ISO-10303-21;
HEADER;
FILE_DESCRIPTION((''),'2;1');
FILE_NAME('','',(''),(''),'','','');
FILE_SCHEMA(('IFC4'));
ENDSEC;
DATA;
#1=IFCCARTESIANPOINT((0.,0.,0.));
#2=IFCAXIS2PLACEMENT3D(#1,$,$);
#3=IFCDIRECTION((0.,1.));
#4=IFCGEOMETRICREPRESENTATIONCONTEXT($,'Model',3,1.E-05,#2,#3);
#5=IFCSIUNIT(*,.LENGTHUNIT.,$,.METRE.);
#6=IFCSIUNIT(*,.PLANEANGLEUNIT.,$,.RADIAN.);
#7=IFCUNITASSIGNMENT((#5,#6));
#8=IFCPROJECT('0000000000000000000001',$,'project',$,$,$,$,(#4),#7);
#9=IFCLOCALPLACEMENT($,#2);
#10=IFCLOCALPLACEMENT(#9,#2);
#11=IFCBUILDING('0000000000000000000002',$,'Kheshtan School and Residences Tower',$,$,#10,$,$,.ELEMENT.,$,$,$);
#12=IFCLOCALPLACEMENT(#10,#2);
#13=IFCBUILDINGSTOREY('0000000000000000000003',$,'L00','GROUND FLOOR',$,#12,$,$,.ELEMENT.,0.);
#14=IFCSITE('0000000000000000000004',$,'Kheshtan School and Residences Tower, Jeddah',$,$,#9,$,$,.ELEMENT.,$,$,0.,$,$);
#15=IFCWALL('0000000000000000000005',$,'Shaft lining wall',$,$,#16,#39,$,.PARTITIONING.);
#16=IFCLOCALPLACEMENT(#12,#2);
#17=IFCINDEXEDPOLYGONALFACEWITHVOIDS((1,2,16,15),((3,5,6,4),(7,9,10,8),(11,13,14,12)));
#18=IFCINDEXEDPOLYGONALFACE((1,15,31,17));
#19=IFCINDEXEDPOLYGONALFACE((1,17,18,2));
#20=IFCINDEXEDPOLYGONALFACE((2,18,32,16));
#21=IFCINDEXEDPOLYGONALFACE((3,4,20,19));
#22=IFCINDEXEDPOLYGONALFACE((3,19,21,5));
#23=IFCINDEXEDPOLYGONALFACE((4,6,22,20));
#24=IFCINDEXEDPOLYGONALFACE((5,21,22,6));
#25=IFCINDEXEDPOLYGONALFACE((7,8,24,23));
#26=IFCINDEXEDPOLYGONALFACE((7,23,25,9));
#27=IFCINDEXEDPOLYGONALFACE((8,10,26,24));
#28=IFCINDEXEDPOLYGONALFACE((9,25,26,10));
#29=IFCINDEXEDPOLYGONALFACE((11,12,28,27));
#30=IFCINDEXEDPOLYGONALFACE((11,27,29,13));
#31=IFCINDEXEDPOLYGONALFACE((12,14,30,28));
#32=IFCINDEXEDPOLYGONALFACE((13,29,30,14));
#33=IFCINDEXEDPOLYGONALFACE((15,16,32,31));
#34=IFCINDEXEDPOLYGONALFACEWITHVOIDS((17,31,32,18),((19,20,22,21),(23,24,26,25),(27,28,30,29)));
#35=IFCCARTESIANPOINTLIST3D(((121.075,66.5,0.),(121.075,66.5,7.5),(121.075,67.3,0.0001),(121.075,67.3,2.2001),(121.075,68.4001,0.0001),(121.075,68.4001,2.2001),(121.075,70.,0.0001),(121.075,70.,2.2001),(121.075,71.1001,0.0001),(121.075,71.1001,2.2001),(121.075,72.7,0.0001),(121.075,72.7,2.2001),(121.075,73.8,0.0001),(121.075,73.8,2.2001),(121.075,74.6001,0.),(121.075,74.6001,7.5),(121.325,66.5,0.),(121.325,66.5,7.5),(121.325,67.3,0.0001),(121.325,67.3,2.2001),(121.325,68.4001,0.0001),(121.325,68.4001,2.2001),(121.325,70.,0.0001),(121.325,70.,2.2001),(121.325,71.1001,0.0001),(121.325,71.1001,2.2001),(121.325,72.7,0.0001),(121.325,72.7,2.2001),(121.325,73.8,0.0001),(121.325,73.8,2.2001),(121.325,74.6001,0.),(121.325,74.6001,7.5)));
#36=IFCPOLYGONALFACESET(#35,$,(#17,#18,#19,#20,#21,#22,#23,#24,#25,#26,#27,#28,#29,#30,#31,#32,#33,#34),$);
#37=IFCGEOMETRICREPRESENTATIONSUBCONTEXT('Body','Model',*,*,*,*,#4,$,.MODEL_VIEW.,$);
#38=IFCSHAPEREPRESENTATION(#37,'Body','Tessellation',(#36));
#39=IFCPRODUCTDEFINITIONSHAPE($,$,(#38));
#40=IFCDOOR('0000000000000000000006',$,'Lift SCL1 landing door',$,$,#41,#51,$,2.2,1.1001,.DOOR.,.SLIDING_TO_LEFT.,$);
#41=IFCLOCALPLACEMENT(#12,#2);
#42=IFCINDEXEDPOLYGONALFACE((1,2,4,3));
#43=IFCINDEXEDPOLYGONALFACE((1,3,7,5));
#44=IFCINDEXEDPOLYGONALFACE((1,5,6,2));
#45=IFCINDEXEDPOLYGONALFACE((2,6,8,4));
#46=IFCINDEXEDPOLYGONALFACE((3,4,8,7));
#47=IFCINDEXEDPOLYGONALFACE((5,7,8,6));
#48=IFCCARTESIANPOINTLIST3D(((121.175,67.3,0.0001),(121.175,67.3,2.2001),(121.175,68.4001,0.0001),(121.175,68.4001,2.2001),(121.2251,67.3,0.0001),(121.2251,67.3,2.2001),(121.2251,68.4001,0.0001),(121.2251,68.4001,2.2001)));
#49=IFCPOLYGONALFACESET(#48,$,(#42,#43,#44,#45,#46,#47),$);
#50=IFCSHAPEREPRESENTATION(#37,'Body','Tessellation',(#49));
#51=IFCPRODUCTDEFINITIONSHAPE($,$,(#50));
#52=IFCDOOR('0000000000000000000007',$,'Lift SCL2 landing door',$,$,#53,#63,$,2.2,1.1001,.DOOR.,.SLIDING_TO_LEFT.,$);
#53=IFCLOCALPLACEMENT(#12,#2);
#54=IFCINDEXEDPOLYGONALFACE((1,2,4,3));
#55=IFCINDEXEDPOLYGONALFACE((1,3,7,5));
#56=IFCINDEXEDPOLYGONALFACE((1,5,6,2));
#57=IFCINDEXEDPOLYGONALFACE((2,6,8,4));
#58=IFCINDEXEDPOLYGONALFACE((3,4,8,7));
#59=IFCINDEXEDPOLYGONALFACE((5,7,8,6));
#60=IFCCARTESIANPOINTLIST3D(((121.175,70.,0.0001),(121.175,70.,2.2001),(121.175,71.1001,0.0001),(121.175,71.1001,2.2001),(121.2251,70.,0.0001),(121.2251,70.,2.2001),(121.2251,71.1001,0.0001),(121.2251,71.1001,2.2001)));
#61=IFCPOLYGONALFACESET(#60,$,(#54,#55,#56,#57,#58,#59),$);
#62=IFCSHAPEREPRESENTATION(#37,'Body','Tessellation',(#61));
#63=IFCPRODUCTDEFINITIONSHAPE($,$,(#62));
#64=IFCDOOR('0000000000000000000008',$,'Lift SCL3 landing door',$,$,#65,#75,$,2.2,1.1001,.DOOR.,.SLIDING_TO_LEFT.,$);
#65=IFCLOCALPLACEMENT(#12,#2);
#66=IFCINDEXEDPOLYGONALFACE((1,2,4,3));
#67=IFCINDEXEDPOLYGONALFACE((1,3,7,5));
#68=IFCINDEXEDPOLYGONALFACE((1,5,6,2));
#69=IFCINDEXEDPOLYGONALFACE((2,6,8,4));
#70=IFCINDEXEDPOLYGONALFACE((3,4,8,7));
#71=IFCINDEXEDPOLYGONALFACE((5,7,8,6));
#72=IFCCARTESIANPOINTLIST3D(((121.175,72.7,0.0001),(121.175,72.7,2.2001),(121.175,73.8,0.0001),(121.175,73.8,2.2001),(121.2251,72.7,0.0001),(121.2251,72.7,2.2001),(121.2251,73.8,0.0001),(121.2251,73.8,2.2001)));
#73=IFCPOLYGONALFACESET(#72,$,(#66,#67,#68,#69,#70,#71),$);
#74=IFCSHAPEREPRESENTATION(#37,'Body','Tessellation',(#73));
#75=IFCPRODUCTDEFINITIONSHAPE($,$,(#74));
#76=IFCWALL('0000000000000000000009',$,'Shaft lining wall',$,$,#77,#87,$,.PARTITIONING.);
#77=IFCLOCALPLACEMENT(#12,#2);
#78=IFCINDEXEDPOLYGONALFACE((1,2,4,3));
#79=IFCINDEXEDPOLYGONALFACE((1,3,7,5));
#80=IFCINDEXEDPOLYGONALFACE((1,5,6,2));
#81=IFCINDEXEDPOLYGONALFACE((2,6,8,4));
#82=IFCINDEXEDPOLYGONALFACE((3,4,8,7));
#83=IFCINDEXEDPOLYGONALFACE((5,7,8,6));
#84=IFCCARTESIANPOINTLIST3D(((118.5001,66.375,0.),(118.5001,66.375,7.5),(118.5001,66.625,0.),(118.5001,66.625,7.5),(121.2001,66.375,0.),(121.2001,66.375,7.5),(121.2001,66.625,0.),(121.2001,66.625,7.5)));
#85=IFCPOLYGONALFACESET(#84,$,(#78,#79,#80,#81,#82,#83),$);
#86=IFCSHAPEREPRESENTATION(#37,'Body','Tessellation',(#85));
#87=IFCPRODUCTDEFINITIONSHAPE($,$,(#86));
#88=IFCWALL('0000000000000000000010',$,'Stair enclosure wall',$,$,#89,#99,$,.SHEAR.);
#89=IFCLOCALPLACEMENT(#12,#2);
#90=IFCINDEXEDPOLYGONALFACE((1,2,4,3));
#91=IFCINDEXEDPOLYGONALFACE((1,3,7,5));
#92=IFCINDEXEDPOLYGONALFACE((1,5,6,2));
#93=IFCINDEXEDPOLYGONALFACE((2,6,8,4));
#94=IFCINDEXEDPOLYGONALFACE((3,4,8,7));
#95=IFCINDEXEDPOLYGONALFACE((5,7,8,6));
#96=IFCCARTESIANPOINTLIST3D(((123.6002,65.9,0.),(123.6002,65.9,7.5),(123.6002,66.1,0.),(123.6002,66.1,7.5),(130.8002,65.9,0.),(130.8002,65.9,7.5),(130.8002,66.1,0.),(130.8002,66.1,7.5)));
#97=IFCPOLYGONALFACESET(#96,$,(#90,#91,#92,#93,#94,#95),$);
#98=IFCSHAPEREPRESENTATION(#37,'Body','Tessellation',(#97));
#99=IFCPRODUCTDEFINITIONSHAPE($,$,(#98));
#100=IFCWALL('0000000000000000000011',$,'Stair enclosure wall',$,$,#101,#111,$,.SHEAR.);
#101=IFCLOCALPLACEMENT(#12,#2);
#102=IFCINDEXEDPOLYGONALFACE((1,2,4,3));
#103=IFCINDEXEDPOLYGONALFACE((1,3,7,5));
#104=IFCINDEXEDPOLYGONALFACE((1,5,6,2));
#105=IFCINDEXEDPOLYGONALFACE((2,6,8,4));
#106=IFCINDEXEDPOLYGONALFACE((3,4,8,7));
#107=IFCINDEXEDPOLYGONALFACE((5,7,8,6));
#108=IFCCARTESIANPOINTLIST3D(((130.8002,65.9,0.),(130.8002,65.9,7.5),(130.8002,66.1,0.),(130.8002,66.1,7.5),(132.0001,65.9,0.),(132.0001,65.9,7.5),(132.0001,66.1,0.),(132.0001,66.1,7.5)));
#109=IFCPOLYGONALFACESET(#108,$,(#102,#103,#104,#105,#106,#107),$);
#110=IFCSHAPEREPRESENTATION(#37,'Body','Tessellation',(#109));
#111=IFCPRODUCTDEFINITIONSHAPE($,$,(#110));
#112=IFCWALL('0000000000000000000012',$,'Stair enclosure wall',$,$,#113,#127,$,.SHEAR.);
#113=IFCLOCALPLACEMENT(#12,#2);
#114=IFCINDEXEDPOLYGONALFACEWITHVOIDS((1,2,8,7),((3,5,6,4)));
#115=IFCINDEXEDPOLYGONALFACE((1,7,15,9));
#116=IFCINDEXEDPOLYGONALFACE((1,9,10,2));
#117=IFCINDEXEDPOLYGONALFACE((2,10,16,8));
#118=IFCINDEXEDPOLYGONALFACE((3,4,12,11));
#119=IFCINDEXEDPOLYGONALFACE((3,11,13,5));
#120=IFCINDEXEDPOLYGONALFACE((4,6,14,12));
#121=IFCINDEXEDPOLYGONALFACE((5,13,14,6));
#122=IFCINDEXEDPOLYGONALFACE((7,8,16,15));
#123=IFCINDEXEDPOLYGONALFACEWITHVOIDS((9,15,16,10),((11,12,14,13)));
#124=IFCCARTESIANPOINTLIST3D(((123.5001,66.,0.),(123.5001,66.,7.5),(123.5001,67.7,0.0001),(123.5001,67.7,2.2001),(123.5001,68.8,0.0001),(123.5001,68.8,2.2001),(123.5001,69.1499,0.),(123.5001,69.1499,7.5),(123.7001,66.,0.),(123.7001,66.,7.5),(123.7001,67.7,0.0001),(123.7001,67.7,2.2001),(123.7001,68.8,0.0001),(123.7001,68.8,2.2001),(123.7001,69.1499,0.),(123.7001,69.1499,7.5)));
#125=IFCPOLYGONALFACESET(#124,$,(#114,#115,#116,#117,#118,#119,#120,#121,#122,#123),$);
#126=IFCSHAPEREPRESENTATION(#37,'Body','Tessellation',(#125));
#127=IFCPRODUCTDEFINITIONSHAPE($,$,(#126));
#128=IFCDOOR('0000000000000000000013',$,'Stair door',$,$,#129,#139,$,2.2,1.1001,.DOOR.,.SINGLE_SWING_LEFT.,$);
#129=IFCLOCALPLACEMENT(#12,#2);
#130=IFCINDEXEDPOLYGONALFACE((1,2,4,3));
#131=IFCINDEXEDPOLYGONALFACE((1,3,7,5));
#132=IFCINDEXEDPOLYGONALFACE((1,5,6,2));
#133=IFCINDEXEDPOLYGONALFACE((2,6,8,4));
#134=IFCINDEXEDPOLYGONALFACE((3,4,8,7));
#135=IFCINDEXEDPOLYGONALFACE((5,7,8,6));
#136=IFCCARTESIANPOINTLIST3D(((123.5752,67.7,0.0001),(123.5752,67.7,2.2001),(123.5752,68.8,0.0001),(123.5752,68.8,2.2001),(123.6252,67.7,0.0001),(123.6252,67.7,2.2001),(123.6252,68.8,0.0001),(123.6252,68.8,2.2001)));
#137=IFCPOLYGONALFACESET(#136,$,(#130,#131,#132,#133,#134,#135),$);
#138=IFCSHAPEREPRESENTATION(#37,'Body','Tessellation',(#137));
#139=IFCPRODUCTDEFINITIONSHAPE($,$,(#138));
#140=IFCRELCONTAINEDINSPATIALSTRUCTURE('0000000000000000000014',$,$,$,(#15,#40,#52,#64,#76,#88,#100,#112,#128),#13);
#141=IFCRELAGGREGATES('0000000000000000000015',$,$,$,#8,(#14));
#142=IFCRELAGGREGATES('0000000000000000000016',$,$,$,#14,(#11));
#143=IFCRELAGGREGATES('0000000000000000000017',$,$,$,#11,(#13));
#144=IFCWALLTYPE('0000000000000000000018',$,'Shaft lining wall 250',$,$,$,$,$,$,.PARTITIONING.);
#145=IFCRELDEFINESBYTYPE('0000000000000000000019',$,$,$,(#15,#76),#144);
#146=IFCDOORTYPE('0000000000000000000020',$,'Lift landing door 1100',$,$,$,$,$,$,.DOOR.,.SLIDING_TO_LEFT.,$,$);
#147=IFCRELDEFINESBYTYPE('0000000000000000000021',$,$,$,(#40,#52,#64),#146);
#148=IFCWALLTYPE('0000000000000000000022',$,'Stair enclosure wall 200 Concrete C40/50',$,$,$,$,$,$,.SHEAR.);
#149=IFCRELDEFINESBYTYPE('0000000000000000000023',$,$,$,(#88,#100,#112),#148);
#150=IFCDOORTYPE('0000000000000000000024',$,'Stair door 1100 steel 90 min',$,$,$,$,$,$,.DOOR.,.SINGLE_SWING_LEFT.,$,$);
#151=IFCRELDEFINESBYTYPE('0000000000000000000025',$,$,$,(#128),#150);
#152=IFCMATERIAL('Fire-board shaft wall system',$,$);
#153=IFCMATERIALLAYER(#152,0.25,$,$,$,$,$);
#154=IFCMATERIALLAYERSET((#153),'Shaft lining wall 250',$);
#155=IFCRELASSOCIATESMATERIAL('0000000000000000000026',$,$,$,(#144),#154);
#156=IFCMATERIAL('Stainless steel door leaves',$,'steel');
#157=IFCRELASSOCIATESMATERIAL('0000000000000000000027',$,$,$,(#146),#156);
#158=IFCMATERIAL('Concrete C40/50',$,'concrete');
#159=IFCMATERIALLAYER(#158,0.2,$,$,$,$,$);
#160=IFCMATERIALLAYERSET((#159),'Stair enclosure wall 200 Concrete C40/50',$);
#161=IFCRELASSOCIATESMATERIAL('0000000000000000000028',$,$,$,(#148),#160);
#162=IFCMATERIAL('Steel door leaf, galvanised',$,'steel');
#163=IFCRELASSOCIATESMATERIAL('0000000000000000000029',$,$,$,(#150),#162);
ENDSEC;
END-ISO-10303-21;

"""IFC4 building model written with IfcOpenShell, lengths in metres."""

from ifc_helpers import new_model, si_unit, direction, frame, frame_2d, origin, place, context, subcontext, project, spatial, rectangle, extrude, source, transform, mapped, material, layer, layer_set, type_object, element, fill, save


model = new_model("IFC4")

# Units and contexts
model_context = context("Model", 3, precision=1e-05, world=origin(), true_north=direction((0.0, 1.0)))
body_context = subcontext(model_context, "Body", "Model", "MODEL_VIEW")
ifc_project = project(units=[si_unit("LENGTHUNIT", "METRE"), si_unit("PLANEANGLEUNIT", "RADIAN")], contexts=[model_context])

# Site, building, storey
site_placement = place(None, origin())
site = spatial("IfcSite", under=ifc_project, at=site_placement, Name="Kheshtan School and Residences Tower, Jeddah", CompositionType="ELEMENT", RefElevation=0.0)
building_placement = place(site_placement, origin())
building = spatial("IfcBuilding", under=site, at=building_placement, Name="Kheshtan School and Residences Tower", CompositionType="ELEMENT")
storey_placement = place(building_placement, origin())
storey = spatial("IfcBuildingStorey", under=building, at=storey_placement, Name="L00", Description="GROUND FLOOR", CompositionType="ELEMENT", Elevation=0.0)

# Shared definitions
ifc_material_1 = material(Name="Fire-board shaft wall system")
ifc_layer_1 = layer(ifc_material_1, 0.25)
ifc_layer_set_1 = layer_set([ifc_layer_1], Name="Shaft lining wall 250")
wall_type_1 = type_object("IfcWallType", Name="Shaft lining wall 250", PredefinedType="PARTITIONING", material=ifc_layer_set_1)

# Wall, openings, doors
wall_1_placement = place(storey_placement, frame((121.2, 66.5, 0.0), z_axis=(0.0, 0.0, 1.0), x_axis=(0.0, 1.0, 0.0)))
wall_1 = element("IfcWall", 1, at=wall_1_placement, inside=storey, type_object=wall_type_1, Name="Shaft lining wall", PredefinedType="PARTITIONING", context=body_context, shape_type="SweptSolid", body=[
    extrude(rectangle(XDim=8.1001, YDim=0.25, at=frame_2d((4.05, 0.0))), origin(), (0.0, 0.0, 1.0), 7.5),
])
opening_1_placement = place(wall_1_placement, frame((0.8, 0.0, 0.0)))
opening_1 = element("IfcOpeningElement", 2, at=opening_1_placement, cuts=wall_1, PredefinedType="OPENING", context=body_context, shape_type="SweptSolid", body=[
    extrude(rectangle(XDim=1.1001, YDim=2.2, at=frame_2d((0.55, 1.1001))), frame((0.0, 0.135, 0.0), z_axis=(0.0, -1.0, 0.0), x_axis=(1.0, 0.0, 0.0)), (0.0, 0.0, 1.0), 0.27),
])
opening_2_placement = place(wall_1_placement, frame((3.5, 0.0, 0.0)))
opening_2 = element("IfcOpeningElement", 3, at=opening_2_placement, cuts=wall_1, PredefinedType="OPENING", context=body_context, shape_type="SweptSolid", body=[
    extrude(rectangle(XDim=1.1001, YDim=2.2, at=frame_2d((0.55, 1.1001))), frame((0.0, 0.135, 0.0), z_axis=(0.0, -1.0, 0.0), x_axis=(1.0, 0.0, 0.0)), (0.0, 0.0, 1.0), 0.27),
])
opening_3_placement = place(wall_1_placement, frame((6.2, 0.0, 0.0)))
opening_3 = element("IfcOpeningElement", 4, at=opening_3_placement, cuts=wall_1, PredefinedType="OPENING", context=body_context, shape_type="SweptSolid", body=[
    extrude(rectangle(XDim=1.1001, YDim=2.2, at=frame_2d((0.55, 1.1001))), frame((0.0, 0.135, 0.0), z_axis=(0.0, -1.0, 0.0), x_axis=(1.0, 0.0, 0.0)), (0.0, 0.0, 1.0), 0.27),
])
ifc_material_2 = material(Name="Stainless steel door leaves", Category="steel")
door_type_1 = type_object("IfcDoorType", Name="Lift landing door 1100", OperationType="SLIDING_TO_LEFT", PredefinedType="DOOR", material=ifc_material_2)
shared_shape_1 = source(origin(), body_context, "Body", "SweptSolid", [
    extrude(rectangle(XDim=1.1001, YDim=2.2, at=frame_2d((0.55, 1.1001))), frame((0.0, 0.0249, 0.0), z_axis=(0.0, -1.0, 0.0), x_axis=(1.0, 0.0, 0.0)), (0.0, 0.0, 1.0), 0.05),
])
door_1_placement = place(opening_1_placement, origin())
door_1 = element("IfcDoor", 5, at=door_1_placement, inside=storey, type_object=door_type_1, Name="Lift SCL1 landing door", OperationType="SLIDING_TO_LEFT", OverallHeight=2.2, OverallWidth=1.1001, PredefinedType="DOOR", context=body_context, shape_type="MappedRepresentation", body=[
    mapped(shared_shape_1, transform((0.0, 0.0, 0.0), x_axis=(1.0, 0.0, 0.0), y_axis=(0.0, 1.0, 0.0), z_axis=(0.0, 0.0, 1.0), scale=1.0)),
])
fill(opening_1, door_1)
door_2_placement = place(opening_2_placement, origin())
door_2 = element("IfcDoor", 6, at=door_2_placement, inside=storey, type_object=door_type_1, Name="Lift SCL2 landing door", OperationType="SLIDING_TO_LEFT", OverallHeight=2.2, OverallWidth=1.1001, PredefinedType="DOOR", context=body_context, shape_type="MappedRepresentation", body=[
    mapped(shared_shape_1, transform((0.0, 0.0, 0.0), x_axis=(1.0, 0.0, 0.0), y_axis=(0.0, 1.0, 0.0), z_axis=(0.0, 0.0, 1.0), scale=1.0)),
])
fill(opening_2, door_2)
door_3_placement = place(opening_3_placement, origin())
door_3 = element("IfcDoor", 7, at=door_3_placement, inside=storey, type_object=door_type_1, Name="Lift SCL3 landing door", OperationType="SLIDING_TO_LEFT", OverallHeight=2.2, OverallWidth=1.1001, PredefinedType="DOOR", context=body_context, shape_type="MappedRepresentation", body=[
    mapped(shared_shape_1, transform((0.0, 0.0, 0.0), x_axis=(1.0, 0.0, 0.0), y_axis=(0.0, 1.0, 0.0), z_axis=(0.0, 0.0, 1.0), scale=1.0)),
])
fill(opening_3, door_3)

# Walls
wall_2_placement = place(storey_placement, frame((118.5, 66.5, 0.0), z_axis=(0.0, 0.0, 1.0), x_axis=(1.0, 0.0, 0.0)))
element("IfcWall", 8, at=wall_2_placement, inside=storey, type_object=wall_type_1, Name="Shaft lining wall", PredefinedType="PARTITIONING", context=body_context, shape_type="SweptSolid", body=[
    extrude(rectangle(XDim=2.7, YDim=0.25, at=frame_2d((1.3501, 0.0))), origin(), (0.0, 0.0, 1.0), 7.5),
])
ifc_material_3 = material(Name="Concrete C40/50", Category="concrete")
ifc_layer_2 = layer(ifc_material_3, 0.2)
ifc_layer_set_2 = layer_set([ifc_layer_2], Name="Stair enclosure wall 200 Concrete C40/50")
wall_type_2 = type_object("IfcWallType", Name="Stair enclosure wall 200 Concrete C40/50", PredefinedType="SHEAR", material=ifc_layer_set_2)
wall_3_placement = place(storey_placement, frame((123.6001, 66.0, 0.0), z_axis=(0.0, 0.0, 1.0), x_axis=(1.0, 0.0, 0.0)))
element("IfcWall", 9, at=wall_3_placement, inside=storey, type_object=wall_type_2, Name="Stair enclosure wall", PredefinedType="SHEAR", context=body_context, shape_type="SweptSolid", body=[
    extrude(rectangle(XDim=7.2, YDim=0.2, at=frame_2d((3.6001, 0.0))), origin(), (0.0, 0.0, 1.0), 7.5),
])
wall_4_placement = place(storey_placement, frame((130.8, 66.0, 0.0), z_axis=(0.0, 0.0, 1.0), x_axis=(1.0, 0.0, 0.0)))
element("IfcWall", 10, at=wall_4_placement, inside=storey, type_object=wall_type_2, Name="Stair enclosure wall", PredefinedType="SHEAR", context=body_context, shape_type="SweptSolid", body=[
    extrude(rectangle(XDim=1.2, YDim=0.2, at=frame_2d((0.6001, 0.0))), origin(), (0.0, 0.0, 1.0), 7.5),
])

# Wall, opening, door
wall_5_placement = place(storey_placement, frame((123.6001, 66.0, 0.0), z_axis=(0.0, 0.0, 1.0), x_axis=(0.0, 1.0, 0.0)))
wall_5 = element("IfcWall", 11, at=wall_5_placement, inside=storey, type_object=wall_type_2, Name="Stair enclosure wall", PredefinedType="SHEAR", context=body_context, shape_type="SweptSolid", body=[
    extrude(rectangle(XDim=3.1499, YDim=0.2, at=frame_2d((1.575, 0.0))), origin(), (0.0, 0.0, 1.0), 7.5),
])
opening_4_placement = place(wall_5_placement, frame((1.7, 0.0, 0.0)))
opening_4 = element("IfcOpeningElement", 12, at=opening_4_placement, cuts=wall_5, PredefinedType="OPENING", context=body_context, shape_type="SweptSolid", body=[
    extrude(rectangle(XDim=1.1001, YDim=2.2, at=frame_2d((0.55, 1.1001))), frame((0.0, 0.1099, 0.0), z_axis=(0.0, -1.0, 0.0), x_axis=(1.0, 0.0, 0.0)), (0.0, 0.0, 1.0), 0.22),
])
ifc_material_4 = material(Name="Steel door leaf, galvanised", Category="steel")
door_type_2 = type_object("IfcDoorType", Name="Stair door 1100 steel 90 min", OperationType="SINGLE_SWING_LEFT", PredefinedType="DOOR", material=ifc_material_4)
shared_shape_2 = source(origin(), body_context, "Body", "SweptSolid", [
    extrude(rectangle(XDim=1.1001, YDim=2.2, at=frame_2d((0.55, 1.1001))), frame((0.0, 0.0249, 0.0), z_axis=(0.0, -1.0, 0.0), x_axis=(1.0, 0.0, 0.0)), (0.0, 0.0, 1.0), 0.05),
])
door_4_placement = place(opening_4_placement, origin())
door_4 = element("IfcDoor", 13, at=door_4_placement, inside=storey, type_object=door_type_2, Name="Stair door", OperationType="SINGLE_SWING_LEFT", OverallHeight=2.2, OverallWidth=1.1001, PredefinedType="DOOR", context=body_context, shape_type="MappedRepresentation", body=[
    mapped(shared_shape_2, transform((0.0, 0.0, 0.0), x_axis=(1.0, 0.0, 0.0), y_axis=(0.0, 1.0, 0.0), z_axis=(0.0, 0.0, 1.0), scale=1.0)),
])
fill(opening_4, door_4)

save(model, "model.ifc")
